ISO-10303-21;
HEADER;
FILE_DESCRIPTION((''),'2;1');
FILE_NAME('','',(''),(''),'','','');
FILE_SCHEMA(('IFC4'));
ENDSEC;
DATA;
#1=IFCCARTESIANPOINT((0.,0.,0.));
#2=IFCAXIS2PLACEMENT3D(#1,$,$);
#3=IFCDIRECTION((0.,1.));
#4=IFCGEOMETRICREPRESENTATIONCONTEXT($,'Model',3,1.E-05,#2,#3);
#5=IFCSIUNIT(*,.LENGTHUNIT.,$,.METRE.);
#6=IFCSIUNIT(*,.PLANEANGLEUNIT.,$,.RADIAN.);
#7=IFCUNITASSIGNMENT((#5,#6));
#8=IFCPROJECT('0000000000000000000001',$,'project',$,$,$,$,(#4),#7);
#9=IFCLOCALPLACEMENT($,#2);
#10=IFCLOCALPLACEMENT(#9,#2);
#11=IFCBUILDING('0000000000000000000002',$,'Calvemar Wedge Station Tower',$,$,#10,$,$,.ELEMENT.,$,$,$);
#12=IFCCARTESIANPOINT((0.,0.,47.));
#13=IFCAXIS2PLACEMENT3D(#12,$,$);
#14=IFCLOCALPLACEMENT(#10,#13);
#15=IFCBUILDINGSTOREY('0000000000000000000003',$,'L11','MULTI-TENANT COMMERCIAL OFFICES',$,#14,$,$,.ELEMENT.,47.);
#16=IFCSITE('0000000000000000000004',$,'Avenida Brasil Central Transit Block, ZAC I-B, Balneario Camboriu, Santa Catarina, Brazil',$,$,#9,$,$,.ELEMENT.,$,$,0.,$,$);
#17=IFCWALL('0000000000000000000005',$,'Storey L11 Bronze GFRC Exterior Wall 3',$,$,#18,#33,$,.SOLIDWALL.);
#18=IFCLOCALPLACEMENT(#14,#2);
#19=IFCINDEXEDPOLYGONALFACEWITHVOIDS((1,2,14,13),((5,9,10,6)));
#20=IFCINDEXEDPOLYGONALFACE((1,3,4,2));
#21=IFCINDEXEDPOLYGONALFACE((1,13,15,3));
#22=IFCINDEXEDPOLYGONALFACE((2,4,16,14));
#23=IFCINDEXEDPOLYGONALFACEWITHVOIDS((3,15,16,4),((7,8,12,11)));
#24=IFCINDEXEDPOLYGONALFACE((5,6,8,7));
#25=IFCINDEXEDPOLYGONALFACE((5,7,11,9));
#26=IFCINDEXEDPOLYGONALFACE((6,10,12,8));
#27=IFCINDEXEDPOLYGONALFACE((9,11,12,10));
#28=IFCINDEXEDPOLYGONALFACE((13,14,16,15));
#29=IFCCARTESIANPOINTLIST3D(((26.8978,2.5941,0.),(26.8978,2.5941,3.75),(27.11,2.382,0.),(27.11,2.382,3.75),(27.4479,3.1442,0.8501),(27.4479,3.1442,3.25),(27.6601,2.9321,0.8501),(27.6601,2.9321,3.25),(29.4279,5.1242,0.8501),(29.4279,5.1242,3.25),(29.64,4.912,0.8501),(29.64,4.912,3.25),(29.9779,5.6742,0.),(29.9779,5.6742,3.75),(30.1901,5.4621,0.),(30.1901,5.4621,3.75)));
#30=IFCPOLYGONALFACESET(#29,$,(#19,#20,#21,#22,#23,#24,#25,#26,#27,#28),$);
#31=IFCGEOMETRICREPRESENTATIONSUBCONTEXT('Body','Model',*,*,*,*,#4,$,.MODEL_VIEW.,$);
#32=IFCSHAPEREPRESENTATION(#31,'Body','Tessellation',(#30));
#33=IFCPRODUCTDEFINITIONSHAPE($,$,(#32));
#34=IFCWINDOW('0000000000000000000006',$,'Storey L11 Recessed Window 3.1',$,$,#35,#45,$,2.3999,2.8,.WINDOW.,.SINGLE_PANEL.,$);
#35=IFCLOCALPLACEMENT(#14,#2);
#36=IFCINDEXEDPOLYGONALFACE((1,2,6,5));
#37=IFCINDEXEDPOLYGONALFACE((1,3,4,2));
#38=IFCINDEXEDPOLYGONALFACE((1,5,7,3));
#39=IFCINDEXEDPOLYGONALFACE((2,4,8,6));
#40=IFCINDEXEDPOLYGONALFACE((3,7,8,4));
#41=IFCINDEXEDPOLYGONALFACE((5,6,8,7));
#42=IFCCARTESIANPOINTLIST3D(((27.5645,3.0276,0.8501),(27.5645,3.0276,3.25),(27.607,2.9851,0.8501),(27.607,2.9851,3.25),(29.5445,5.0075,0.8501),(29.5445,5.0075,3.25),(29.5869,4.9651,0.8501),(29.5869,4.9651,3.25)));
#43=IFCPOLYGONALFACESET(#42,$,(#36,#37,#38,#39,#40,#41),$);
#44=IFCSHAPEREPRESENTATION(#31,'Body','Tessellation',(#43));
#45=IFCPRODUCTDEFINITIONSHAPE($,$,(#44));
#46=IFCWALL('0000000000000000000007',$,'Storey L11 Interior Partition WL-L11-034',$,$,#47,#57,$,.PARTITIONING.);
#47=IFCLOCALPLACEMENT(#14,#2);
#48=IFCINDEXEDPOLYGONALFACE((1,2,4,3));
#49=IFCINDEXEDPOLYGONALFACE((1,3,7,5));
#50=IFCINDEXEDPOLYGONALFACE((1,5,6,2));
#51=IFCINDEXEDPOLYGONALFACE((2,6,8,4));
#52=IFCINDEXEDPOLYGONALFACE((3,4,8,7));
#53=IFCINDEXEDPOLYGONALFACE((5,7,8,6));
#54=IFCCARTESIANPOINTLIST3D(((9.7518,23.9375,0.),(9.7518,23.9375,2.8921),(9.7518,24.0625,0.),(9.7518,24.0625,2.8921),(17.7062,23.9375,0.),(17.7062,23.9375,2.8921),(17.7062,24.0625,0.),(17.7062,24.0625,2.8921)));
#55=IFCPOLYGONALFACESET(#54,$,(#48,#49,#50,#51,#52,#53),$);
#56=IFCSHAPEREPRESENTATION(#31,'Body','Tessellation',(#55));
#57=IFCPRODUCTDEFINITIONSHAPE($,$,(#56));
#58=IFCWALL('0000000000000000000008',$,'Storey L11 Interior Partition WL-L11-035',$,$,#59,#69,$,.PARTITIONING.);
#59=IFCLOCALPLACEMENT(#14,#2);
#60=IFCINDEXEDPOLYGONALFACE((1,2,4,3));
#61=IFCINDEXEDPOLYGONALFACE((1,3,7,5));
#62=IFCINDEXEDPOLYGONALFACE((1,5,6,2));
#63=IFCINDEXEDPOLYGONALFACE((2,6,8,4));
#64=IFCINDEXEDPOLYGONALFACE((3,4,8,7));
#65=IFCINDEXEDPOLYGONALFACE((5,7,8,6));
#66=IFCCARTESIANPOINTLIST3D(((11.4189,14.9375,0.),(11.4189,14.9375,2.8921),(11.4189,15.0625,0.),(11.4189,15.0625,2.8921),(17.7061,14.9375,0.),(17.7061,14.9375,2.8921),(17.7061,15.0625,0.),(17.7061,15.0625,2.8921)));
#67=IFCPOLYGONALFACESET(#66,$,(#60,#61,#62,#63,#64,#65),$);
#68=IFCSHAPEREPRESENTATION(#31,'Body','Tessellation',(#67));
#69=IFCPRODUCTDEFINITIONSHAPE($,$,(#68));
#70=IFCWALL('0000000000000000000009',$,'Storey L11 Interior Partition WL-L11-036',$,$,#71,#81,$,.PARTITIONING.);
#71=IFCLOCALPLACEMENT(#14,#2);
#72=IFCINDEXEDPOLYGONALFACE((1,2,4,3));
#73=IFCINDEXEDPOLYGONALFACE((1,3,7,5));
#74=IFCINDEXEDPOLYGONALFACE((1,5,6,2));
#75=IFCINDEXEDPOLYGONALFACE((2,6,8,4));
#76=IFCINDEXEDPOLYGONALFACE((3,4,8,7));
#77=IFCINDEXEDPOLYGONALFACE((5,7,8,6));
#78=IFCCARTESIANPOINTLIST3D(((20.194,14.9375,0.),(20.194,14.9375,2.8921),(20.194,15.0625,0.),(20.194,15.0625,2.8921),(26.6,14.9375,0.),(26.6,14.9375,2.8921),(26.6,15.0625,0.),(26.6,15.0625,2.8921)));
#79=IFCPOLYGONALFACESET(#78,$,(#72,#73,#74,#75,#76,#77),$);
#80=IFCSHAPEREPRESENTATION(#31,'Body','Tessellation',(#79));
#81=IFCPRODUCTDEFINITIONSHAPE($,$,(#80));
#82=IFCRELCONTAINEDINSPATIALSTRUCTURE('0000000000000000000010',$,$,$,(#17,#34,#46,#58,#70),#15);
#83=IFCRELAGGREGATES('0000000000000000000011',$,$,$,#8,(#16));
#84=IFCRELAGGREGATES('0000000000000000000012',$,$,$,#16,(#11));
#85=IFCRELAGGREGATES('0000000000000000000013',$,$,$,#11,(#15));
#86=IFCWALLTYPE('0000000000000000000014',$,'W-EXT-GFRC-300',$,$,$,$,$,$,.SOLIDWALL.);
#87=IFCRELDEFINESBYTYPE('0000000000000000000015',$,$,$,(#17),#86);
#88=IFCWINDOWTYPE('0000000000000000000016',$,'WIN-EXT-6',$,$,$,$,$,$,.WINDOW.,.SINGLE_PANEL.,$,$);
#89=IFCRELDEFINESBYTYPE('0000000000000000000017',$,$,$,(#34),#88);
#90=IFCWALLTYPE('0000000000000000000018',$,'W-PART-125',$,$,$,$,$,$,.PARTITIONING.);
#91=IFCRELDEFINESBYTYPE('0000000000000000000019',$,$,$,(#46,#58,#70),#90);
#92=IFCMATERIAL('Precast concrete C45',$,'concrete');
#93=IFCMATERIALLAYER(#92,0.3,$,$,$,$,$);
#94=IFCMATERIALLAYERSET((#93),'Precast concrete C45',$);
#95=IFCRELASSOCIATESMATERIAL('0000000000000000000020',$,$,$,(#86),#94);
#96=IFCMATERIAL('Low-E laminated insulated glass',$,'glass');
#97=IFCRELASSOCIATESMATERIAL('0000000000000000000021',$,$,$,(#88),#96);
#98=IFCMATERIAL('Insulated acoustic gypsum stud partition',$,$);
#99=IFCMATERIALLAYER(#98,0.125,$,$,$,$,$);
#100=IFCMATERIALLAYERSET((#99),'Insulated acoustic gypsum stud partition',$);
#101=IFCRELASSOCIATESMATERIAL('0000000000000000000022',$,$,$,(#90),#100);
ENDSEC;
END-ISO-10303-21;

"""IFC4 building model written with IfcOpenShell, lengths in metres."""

from ifc_helpers import new_model, si_unit, direction, frame, frame_2d, origin, place, context, subcontext, project, spatial, rectangle, extrude, source, transform, mapped, material, layer, layer_set, type_object, element, fill, save


model = new_model("IFC4")

# Units and contexts
model_context = context("Model", 3, precision=1e-05, world=origin(), true_north=direction((0.0, 1.0)))
body_context = subcontext(model_context, "Body", "Model", "MODEL_VIEW")
ifc_project = project(units=[si_unit("LENGTHUNIT", "METRE"), si_unit("PLANEANGLEUNIT", "RADIAN")], contexts=[model_context])

# Site, building, storey
site_placement = place(None, origin())
site = spatial("IfcSite", under=ifc_project, at=site_placement, Name="Avenida Brasil Central Transit Block, ZAC I-B, Balneario Camboriu, Santa Catarina, Brazil", CompositionType="ELEMENT", RefElevation=0.0)
building_placement = place(site_placement, origin())
building = spatial("IfcBuilding", under=site, at=building_placement, Name="Calvemar Wedge Station Tower", CompositionType="ELEMENT")
storey_placement = place(building_placement, frame((0.0, 0.0, 47.0)))
storey = spatial("IfcBuildingStorey", under=building, at=storey_placement, Name="L11", Description="MULTI-TENANT COMMERCIAL OFFICES", CompositionType="ELEMENT", Elevation=47.0)

# Shared definitions
ifc_material_1 = material(Name="Precast concrete C45", Category="concrete")
ifc_layer_1 = layer(ifc_material_1, 0.3)
ifc_layer_set_1 = layer_set([ifc_layer_1], Name="Precast concrete C45")
wall_type_1 = type_object("IfcWallType", Name="W-EXT-GFRC-300", PredefinedType="SOLIDWALL", material=ifc_layer_set_1)
shared_shape_1 = source(origin(), body_context, "Body", "SweptSolid", [
    extrude(rectangle(XDim=2.8, YDim=2.3999, at=frame_2d((1.3999, 1.2))), frame((0.0, 0.1602, 0.0), z_axis=(0.0, -1.0, 0.0), x_axis=(1.0, 0.0, 0.0)), (0.0, 0.0, 1.0), 0.3201),
])
ifc_material_2 = material(Name="Low-E laminated insulated glass", Category="glass")
window_type_1 = type_object("IfcWindowType", Name="WIN-EXT-6", PartitioningType="SINGLE_PANEL", PredefinedType="WINDOW", material=ifc_material_2)
shared_shape_2 = source(origin(), body_context, "Body", "SweptSolid", [
    extrude(rectangle(XDim=2.8, YDim=2.3999, at=frame_2d((1.3999, 1.2))), frame((0.0, -0.0149, 0.0), z_axis=(0.0, -1.0, 0.0), x_axis=(1.0, 0.0, 0.0)), (0.0, 0.0, 1.0), 0.0601),
])

# Wall, opening, window
wall_1_placement = place(storey_placement, frame((27.0039, 2.488, 0.0), z_axis=(0.0, 0.0, 1.0), x_axis=(0.707107, 0.707107, 0.0)))
wall_1 = element("IfcWall", 1, at=wall_1_placement, inside=storey, type_object=wall_type_1, Name="Storey L11 Bronze GFRC Exterior Wall 3", PredefinedType="SOLIDWALL", context=body_context, shape_type="SweptSolid", body=[
    extrude(rectangle(XDim=4.356, YDim=0.3, at=frame_2d((2.178, 0.0))), origin(), (0.0, 0.0, 1.0), 3.75),
])
opening_1_placement = place(wall_1_placement, frame((0.7781, 0.0, 0.8501)))
opening_1 = element("IfcOpeningElement", 2, at=opening_1_placement, cuts=wall_1, PredefinedType="OPENING", context=body_context, shape_type="MappedRepresentation", body=[
    mapped(shared_shape_1, transform((0.0, 0.0, 0.0), scale=1.0)),
])
window_1_placement = place(opening_1_placement, origin())
window_1 = element("IfcWindow", 3, at=window_1_placement, inside=storey, type_object=window_type_1, Name="Storey L11 Recessed Window 3.1", OverallHeight=2.3999, OverallWidth=2.8, PartitioningType="SINGLE_PANEL", PredefinedType="WINDOW", context=body_context, shape_type="MappedRepresentation", body=[
    mapped(shared_shape_2, transform((0.0, 0.0, 0.0), scale=1.0)),
])
fill(opening_1, window_1)

# Walls
ifc_material_3 = material(Name="Insulated acoustic gypsum stud partition")
ifc_layer_2 = layer(ifc_material_3, 0.125)
ifc_layer_set_2 = layer_set([ifc_layer_2], Name="Insulated acoustic gypsum stud partition")
wall_type_2 = type_object("IfcWallType", Name="W-PART-125", PredefinedType="PARTITIONING", material=ifc_layer_set_2)
wall_2_placement = place(storey_placement, frame((17.7061, 24.0, 0.0), z_axis=(0.0, 0.0, 1.0), x_axis=(-1.0, 0.0, 0.0)))
element("IfcWall", 4, at=wall_2_placement, inside=storey, type_object=wall_type_2, Name="Storey L11 Interior Partition WL-L11-034", PredefinedType="PARTITIONING", context=body_context, shape_type="SweptSolid", body=[
    extrude(rectangle(XDim=7.9543, YDim=0.125, at=frame_2d((3.9771, 0.0))), origin(), (0.0, 0.0, 1.0), 2.8921),
])
wall_3_placement = place(storey_placement, frame((17.7061, 15.0, 0.0), z_axis=(0.0, 0.0, 1.0), x_axis=(-1.0, 0.0, 0.0)))
element("IfcWall", 5, at=wall_3_placement, inside=storey, type_object=wall_type_2, Name="Storey L11 Interior Partition WL-L11-035", PredefinedType="PARTITIONING", context=body_context, shape_type="SweptSolid", body=[
    extrude(rectangle(XDim=6.2871, YDim=0.125, at=frame_2d((3.1436, 0.0))), origin(), (0.0, 0.0, 1.0), 2.8921),
])
wall_4_placement = place(storey_placement, frame((26.6001, 15.0, 0.0), z_axis=(0.0, 0.0, 1.0), x_axis=(-1.0, 0.0, 0.0)))
element("IfcWall", 6, at=wall_4_placement, inside=storey, type_object=wall_type_2, Name="Storey L11 Interior Partition WL-L11-036", PredefinedType="PARTITIONING", context=body_context, shape_type="SweptSolid", body=[
    extrude(rectangle(XDim=6.406, YDim=0.125, at=frame_2d((3.2031, 0.0))), origin(), (0.0, 0.0, 1.0), 2.8921),
])

save(model, "model.ifc")
